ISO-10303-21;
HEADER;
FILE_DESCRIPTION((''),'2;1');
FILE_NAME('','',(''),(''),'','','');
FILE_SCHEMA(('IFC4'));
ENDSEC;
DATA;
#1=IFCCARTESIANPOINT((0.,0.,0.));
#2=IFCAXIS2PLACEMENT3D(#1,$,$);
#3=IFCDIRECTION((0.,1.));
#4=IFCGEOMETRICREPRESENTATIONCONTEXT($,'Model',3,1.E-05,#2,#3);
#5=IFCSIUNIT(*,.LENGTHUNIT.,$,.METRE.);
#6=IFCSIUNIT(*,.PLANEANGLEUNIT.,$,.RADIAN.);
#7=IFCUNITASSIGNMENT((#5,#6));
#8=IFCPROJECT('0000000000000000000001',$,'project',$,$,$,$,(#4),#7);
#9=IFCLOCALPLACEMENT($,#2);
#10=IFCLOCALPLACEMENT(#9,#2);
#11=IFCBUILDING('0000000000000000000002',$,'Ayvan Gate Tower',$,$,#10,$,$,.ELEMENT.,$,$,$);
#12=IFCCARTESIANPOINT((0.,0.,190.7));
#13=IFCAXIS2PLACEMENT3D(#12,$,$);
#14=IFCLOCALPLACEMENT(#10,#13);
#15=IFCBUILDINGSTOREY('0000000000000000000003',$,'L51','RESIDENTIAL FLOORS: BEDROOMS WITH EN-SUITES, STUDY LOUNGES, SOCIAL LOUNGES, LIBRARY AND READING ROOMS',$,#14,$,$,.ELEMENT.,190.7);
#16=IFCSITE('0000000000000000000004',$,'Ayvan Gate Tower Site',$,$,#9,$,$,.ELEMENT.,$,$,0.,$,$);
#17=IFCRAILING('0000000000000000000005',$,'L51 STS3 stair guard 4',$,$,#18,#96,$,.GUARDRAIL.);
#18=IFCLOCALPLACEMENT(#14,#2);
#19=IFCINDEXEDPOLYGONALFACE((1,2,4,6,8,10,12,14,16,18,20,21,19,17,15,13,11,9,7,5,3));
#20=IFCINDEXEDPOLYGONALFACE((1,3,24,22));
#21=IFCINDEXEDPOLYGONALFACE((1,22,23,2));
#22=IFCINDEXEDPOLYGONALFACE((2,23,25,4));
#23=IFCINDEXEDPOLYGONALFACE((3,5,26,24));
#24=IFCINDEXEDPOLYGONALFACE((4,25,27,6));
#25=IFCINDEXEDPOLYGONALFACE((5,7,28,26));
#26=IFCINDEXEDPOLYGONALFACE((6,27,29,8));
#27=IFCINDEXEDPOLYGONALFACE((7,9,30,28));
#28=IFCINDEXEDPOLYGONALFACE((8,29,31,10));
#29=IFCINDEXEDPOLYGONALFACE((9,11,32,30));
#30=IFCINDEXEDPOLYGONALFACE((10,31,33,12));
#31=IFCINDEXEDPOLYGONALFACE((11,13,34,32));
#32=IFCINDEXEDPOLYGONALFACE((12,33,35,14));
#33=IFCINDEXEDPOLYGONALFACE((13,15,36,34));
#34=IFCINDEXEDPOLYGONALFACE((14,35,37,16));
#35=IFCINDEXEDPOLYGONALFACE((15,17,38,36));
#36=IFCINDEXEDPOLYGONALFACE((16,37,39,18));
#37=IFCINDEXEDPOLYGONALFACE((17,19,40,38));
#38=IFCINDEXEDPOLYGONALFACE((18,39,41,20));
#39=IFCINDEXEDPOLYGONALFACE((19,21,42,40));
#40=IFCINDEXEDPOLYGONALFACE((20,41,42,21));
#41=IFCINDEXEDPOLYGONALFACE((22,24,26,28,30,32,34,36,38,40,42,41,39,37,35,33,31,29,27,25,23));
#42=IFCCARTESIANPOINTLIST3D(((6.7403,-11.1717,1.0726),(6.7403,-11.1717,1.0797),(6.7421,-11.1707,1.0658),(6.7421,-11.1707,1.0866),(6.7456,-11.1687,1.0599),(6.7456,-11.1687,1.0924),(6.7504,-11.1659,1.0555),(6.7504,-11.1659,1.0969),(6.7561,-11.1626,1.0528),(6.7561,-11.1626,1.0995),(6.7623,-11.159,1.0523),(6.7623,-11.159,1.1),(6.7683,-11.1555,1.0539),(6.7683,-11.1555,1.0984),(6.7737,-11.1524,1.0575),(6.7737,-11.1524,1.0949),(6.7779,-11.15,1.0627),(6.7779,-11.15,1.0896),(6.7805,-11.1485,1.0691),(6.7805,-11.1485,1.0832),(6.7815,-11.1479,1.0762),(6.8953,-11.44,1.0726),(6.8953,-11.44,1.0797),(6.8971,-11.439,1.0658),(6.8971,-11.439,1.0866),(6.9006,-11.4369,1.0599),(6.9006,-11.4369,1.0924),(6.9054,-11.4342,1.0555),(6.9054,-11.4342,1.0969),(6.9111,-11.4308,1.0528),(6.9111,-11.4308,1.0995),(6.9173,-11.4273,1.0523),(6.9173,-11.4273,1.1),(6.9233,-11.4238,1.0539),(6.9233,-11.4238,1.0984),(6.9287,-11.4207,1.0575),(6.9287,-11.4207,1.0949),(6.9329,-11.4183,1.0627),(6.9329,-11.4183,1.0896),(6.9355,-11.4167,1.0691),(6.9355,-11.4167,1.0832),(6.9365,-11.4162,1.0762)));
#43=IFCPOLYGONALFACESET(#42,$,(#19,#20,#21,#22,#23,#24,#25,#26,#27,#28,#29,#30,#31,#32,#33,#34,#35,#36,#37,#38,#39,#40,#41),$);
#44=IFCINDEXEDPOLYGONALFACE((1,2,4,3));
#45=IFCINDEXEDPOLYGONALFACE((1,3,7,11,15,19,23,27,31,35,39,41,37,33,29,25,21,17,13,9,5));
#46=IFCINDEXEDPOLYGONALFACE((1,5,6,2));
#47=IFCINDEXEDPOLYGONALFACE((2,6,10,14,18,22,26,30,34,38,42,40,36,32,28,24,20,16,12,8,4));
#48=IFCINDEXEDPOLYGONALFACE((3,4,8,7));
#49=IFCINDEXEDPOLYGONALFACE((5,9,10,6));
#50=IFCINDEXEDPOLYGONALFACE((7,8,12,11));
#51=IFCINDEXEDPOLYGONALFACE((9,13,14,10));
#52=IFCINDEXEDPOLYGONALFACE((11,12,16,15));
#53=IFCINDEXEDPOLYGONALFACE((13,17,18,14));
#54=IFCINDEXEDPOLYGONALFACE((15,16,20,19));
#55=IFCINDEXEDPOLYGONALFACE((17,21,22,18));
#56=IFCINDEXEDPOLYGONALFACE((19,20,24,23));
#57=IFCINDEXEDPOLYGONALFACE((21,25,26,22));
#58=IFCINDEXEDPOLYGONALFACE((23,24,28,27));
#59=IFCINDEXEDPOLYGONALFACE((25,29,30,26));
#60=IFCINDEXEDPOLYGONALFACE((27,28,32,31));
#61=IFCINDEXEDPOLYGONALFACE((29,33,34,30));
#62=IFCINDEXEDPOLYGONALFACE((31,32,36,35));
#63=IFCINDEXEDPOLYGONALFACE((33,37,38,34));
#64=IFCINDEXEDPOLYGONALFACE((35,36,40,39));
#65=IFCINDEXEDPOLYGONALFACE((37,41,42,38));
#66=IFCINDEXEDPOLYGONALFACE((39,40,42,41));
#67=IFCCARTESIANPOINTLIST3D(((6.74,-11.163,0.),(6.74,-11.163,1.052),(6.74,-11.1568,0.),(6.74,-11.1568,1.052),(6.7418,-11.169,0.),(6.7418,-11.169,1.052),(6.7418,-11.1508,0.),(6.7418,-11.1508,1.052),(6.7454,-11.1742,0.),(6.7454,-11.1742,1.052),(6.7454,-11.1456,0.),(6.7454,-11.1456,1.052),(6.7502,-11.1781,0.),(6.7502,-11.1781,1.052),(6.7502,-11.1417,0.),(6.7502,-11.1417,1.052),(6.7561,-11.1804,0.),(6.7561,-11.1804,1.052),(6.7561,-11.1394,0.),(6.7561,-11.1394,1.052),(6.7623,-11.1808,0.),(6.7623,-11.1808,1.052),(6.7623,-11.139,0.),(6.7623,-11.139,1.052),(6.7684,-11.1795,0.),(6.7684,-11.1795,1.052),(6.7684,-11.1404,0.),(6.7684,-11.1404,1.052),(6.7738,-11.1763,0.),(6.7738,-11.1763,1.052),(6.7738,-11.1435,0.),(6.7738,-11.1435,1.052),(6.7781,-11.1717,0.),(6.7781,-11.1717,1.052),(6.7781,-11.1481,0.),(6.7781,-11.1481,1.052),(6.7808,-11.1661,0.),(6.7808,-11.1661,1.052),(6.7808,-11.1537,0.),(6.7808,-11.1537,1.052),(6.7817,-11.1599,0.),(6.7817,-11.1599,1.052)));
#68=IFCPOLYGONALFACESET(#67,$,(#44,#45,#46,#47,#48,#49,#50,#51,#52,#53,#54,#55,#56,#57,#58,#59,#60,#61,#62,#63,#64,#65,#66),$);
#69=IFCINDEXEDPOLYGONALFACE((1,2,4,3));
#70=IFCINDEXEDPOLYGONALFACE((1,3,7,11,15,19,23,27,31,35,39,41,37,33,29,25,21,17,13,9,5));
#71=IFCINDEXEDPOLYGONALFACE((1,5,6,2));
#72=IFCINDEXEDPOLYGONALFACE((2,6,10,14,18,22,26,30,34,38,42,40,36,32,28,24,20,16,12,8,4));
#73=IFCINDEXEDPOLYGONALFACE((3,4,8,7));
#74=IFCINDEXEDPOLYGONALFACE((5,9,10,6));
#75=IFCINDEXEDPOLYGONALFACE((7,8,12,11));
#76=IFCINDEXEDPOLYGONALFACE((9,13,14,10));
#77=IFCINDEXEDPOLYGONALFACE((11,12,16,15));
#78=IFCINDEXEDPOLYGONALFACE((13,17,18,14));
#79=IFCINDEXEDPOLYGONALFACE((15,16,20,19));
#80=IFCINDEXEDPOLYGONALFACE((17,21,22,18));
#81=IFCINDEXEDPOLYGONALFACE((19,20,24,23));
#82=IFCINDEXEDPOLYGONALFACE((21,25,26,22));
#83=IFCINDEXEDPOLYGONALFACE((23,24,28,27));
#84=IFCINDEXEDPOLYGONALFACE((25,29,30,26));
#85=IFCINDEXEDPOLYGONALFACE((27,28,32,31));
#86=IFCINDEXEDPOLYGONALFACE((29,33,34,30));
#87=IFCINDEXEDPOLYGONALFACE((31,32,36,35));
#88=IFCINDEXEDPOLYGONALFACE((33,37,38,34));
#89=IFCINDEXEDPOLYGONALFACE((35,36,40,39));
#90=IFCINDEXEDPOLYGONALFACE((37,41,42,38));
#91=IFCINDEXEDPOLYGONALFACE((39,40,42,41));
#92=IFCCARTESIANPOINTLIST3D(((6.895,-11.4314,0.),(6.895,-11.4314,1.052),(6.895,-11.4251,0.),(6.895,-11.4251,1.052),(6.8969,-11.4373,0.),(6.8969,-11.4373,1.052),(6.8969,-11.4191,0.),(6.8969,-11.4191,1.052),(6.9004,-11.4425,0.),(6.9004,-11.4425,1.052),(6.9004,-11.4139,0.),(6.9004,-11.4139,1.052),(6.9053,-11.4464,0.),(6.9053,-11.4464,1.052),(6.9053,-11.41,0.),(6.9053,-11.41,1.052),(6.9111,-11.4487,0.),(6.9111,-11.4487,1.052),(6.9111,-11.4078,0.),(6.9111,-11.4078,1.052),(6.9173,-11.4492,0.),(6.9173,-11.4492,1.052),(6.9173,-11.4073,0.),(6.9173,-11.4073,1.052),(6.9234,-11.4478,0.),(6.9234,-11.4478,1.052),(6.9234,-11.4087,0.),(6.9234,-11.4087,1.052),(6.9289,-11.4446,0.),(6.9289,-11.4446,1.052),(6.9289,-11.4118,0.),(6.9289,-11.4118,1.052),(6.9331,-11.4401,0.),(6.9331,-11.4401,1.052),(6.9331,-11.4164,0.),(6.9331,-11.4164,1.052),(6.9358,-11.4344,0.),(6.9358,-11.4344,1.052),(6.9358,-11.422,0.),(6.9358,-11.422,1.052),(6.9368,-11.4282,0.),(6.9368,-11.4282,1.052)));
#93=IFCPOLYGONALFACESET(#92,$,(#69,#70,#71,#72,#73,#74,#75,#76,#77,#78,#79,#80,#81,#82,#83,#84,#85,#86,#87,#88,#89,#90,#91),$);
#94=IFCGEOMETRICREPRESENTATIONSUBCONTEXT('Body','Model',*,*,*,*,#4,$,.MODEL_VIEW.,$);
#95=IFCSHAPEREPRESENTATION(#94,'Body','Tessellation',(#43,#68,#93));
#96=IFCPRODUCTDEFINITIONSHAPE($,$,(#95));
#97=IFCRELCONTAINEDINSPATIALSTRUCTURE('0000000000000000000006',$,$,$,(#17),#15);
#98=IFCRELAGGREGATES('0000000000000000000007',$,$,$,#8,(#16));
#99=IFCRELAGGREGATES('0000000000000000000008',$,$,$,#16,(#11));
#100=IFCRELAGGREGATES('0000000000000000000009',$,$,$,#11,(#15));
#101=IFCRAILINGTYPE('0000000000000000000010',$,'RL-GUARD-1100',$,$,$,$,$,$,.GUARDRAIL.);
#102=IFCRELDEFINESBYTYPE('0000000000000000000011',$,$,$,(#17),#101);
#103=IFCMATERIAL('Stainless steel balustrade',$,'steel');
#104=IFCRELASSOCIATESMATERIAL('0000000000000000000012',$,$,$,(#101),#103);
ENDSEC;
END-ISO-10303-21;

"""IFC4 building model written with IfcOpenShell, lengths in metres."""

from ifc_helpers import new_model, si_unit, direction, frame, origin, origin_2d, place, context, subcontext, project, spatial, circle, extrude, material, type_object, element, save


model = new_model("IFC4")

# Units and contexts
model_context = context("Model", 3, precision=1e-05, world=origin(), true_north=direction((0.0, 1.0)))
body_context = subcontext(model_context, "Body", "Model", "MODEL_VIEW")
ifc_project = project(units=[si_unit("LENGTHUNIT", "METRE"), si_unit("PLANEANGLEUNIT", "RADIAN")], contexts=[model_context])

# Site, building, storey
site_placement = place(None, origin())
site = spatial("IfcSite", under=ifc_project, at=site_placement, Name="Ayvan Gate Tower Site", CompositionType="ELEMENT", RefElevation=0.0)
building_placement = place(site_placement, origin())
building = spatial("IfcBuilding", under=site, at=building_placement, Name="Ayvan Gate Tower", CompositionType="ELEMENT")
storey_placement = place(building_placement, frame((0.0, 0.0, 190.7)))
storey = spatial("IfcBuildingStorey", under=building, at=storey_placement, Name="L51", Description="RESIDENTIAL FLOORS: BEDROOMS WITH EN-SUITES, STUDY LOUNGES, SOCIAL LOUNGES, LIBRARY AND READING ROOMS", CompositionType="ELEMENT", Elevation=190.7)

# Railing
ifc_material_1 = material(Name="Stainless steel balustrade", Category="steel")
railing_type = type_object("IfcRailingType", Name="RL-GUARD-1100", PredefinedType="GUARDRAIL", material=ifc_material_1)
railing_placement = place(storey_placement, frame((6.7607, -11.1599, 0.0)))
element("IfcRailing", 1, at=railing_placement, inside=storey, type_object=railing_type, Name="L51 STS3 stair guard 4", PredefinedType="GUARDRAIL", context=body_context, shape_type="SweptSolid", body=[
    extrude(circle(Radius=0.0239, at=origin_2d()), frame((0.0, 0.0, 1.0762), z_axis=(0.500291, -0.865857, 0.0), x_axis=(0.865857, 0.500291, 0.0)), (0.0, 0.0, 1.0), 0.3098),
    extrude(circle(Radius=0.021, at=origin_2d()), origin(), (0.0, 0.0, 1.0), 1.052),
    extrude(circle(Radius=0.021, at=origin_2d()), frame((0.155, -0.2683, 0.0)), (0.0, 0.0, 1.0), 1.052),
])

save(model, "model.ifc")
